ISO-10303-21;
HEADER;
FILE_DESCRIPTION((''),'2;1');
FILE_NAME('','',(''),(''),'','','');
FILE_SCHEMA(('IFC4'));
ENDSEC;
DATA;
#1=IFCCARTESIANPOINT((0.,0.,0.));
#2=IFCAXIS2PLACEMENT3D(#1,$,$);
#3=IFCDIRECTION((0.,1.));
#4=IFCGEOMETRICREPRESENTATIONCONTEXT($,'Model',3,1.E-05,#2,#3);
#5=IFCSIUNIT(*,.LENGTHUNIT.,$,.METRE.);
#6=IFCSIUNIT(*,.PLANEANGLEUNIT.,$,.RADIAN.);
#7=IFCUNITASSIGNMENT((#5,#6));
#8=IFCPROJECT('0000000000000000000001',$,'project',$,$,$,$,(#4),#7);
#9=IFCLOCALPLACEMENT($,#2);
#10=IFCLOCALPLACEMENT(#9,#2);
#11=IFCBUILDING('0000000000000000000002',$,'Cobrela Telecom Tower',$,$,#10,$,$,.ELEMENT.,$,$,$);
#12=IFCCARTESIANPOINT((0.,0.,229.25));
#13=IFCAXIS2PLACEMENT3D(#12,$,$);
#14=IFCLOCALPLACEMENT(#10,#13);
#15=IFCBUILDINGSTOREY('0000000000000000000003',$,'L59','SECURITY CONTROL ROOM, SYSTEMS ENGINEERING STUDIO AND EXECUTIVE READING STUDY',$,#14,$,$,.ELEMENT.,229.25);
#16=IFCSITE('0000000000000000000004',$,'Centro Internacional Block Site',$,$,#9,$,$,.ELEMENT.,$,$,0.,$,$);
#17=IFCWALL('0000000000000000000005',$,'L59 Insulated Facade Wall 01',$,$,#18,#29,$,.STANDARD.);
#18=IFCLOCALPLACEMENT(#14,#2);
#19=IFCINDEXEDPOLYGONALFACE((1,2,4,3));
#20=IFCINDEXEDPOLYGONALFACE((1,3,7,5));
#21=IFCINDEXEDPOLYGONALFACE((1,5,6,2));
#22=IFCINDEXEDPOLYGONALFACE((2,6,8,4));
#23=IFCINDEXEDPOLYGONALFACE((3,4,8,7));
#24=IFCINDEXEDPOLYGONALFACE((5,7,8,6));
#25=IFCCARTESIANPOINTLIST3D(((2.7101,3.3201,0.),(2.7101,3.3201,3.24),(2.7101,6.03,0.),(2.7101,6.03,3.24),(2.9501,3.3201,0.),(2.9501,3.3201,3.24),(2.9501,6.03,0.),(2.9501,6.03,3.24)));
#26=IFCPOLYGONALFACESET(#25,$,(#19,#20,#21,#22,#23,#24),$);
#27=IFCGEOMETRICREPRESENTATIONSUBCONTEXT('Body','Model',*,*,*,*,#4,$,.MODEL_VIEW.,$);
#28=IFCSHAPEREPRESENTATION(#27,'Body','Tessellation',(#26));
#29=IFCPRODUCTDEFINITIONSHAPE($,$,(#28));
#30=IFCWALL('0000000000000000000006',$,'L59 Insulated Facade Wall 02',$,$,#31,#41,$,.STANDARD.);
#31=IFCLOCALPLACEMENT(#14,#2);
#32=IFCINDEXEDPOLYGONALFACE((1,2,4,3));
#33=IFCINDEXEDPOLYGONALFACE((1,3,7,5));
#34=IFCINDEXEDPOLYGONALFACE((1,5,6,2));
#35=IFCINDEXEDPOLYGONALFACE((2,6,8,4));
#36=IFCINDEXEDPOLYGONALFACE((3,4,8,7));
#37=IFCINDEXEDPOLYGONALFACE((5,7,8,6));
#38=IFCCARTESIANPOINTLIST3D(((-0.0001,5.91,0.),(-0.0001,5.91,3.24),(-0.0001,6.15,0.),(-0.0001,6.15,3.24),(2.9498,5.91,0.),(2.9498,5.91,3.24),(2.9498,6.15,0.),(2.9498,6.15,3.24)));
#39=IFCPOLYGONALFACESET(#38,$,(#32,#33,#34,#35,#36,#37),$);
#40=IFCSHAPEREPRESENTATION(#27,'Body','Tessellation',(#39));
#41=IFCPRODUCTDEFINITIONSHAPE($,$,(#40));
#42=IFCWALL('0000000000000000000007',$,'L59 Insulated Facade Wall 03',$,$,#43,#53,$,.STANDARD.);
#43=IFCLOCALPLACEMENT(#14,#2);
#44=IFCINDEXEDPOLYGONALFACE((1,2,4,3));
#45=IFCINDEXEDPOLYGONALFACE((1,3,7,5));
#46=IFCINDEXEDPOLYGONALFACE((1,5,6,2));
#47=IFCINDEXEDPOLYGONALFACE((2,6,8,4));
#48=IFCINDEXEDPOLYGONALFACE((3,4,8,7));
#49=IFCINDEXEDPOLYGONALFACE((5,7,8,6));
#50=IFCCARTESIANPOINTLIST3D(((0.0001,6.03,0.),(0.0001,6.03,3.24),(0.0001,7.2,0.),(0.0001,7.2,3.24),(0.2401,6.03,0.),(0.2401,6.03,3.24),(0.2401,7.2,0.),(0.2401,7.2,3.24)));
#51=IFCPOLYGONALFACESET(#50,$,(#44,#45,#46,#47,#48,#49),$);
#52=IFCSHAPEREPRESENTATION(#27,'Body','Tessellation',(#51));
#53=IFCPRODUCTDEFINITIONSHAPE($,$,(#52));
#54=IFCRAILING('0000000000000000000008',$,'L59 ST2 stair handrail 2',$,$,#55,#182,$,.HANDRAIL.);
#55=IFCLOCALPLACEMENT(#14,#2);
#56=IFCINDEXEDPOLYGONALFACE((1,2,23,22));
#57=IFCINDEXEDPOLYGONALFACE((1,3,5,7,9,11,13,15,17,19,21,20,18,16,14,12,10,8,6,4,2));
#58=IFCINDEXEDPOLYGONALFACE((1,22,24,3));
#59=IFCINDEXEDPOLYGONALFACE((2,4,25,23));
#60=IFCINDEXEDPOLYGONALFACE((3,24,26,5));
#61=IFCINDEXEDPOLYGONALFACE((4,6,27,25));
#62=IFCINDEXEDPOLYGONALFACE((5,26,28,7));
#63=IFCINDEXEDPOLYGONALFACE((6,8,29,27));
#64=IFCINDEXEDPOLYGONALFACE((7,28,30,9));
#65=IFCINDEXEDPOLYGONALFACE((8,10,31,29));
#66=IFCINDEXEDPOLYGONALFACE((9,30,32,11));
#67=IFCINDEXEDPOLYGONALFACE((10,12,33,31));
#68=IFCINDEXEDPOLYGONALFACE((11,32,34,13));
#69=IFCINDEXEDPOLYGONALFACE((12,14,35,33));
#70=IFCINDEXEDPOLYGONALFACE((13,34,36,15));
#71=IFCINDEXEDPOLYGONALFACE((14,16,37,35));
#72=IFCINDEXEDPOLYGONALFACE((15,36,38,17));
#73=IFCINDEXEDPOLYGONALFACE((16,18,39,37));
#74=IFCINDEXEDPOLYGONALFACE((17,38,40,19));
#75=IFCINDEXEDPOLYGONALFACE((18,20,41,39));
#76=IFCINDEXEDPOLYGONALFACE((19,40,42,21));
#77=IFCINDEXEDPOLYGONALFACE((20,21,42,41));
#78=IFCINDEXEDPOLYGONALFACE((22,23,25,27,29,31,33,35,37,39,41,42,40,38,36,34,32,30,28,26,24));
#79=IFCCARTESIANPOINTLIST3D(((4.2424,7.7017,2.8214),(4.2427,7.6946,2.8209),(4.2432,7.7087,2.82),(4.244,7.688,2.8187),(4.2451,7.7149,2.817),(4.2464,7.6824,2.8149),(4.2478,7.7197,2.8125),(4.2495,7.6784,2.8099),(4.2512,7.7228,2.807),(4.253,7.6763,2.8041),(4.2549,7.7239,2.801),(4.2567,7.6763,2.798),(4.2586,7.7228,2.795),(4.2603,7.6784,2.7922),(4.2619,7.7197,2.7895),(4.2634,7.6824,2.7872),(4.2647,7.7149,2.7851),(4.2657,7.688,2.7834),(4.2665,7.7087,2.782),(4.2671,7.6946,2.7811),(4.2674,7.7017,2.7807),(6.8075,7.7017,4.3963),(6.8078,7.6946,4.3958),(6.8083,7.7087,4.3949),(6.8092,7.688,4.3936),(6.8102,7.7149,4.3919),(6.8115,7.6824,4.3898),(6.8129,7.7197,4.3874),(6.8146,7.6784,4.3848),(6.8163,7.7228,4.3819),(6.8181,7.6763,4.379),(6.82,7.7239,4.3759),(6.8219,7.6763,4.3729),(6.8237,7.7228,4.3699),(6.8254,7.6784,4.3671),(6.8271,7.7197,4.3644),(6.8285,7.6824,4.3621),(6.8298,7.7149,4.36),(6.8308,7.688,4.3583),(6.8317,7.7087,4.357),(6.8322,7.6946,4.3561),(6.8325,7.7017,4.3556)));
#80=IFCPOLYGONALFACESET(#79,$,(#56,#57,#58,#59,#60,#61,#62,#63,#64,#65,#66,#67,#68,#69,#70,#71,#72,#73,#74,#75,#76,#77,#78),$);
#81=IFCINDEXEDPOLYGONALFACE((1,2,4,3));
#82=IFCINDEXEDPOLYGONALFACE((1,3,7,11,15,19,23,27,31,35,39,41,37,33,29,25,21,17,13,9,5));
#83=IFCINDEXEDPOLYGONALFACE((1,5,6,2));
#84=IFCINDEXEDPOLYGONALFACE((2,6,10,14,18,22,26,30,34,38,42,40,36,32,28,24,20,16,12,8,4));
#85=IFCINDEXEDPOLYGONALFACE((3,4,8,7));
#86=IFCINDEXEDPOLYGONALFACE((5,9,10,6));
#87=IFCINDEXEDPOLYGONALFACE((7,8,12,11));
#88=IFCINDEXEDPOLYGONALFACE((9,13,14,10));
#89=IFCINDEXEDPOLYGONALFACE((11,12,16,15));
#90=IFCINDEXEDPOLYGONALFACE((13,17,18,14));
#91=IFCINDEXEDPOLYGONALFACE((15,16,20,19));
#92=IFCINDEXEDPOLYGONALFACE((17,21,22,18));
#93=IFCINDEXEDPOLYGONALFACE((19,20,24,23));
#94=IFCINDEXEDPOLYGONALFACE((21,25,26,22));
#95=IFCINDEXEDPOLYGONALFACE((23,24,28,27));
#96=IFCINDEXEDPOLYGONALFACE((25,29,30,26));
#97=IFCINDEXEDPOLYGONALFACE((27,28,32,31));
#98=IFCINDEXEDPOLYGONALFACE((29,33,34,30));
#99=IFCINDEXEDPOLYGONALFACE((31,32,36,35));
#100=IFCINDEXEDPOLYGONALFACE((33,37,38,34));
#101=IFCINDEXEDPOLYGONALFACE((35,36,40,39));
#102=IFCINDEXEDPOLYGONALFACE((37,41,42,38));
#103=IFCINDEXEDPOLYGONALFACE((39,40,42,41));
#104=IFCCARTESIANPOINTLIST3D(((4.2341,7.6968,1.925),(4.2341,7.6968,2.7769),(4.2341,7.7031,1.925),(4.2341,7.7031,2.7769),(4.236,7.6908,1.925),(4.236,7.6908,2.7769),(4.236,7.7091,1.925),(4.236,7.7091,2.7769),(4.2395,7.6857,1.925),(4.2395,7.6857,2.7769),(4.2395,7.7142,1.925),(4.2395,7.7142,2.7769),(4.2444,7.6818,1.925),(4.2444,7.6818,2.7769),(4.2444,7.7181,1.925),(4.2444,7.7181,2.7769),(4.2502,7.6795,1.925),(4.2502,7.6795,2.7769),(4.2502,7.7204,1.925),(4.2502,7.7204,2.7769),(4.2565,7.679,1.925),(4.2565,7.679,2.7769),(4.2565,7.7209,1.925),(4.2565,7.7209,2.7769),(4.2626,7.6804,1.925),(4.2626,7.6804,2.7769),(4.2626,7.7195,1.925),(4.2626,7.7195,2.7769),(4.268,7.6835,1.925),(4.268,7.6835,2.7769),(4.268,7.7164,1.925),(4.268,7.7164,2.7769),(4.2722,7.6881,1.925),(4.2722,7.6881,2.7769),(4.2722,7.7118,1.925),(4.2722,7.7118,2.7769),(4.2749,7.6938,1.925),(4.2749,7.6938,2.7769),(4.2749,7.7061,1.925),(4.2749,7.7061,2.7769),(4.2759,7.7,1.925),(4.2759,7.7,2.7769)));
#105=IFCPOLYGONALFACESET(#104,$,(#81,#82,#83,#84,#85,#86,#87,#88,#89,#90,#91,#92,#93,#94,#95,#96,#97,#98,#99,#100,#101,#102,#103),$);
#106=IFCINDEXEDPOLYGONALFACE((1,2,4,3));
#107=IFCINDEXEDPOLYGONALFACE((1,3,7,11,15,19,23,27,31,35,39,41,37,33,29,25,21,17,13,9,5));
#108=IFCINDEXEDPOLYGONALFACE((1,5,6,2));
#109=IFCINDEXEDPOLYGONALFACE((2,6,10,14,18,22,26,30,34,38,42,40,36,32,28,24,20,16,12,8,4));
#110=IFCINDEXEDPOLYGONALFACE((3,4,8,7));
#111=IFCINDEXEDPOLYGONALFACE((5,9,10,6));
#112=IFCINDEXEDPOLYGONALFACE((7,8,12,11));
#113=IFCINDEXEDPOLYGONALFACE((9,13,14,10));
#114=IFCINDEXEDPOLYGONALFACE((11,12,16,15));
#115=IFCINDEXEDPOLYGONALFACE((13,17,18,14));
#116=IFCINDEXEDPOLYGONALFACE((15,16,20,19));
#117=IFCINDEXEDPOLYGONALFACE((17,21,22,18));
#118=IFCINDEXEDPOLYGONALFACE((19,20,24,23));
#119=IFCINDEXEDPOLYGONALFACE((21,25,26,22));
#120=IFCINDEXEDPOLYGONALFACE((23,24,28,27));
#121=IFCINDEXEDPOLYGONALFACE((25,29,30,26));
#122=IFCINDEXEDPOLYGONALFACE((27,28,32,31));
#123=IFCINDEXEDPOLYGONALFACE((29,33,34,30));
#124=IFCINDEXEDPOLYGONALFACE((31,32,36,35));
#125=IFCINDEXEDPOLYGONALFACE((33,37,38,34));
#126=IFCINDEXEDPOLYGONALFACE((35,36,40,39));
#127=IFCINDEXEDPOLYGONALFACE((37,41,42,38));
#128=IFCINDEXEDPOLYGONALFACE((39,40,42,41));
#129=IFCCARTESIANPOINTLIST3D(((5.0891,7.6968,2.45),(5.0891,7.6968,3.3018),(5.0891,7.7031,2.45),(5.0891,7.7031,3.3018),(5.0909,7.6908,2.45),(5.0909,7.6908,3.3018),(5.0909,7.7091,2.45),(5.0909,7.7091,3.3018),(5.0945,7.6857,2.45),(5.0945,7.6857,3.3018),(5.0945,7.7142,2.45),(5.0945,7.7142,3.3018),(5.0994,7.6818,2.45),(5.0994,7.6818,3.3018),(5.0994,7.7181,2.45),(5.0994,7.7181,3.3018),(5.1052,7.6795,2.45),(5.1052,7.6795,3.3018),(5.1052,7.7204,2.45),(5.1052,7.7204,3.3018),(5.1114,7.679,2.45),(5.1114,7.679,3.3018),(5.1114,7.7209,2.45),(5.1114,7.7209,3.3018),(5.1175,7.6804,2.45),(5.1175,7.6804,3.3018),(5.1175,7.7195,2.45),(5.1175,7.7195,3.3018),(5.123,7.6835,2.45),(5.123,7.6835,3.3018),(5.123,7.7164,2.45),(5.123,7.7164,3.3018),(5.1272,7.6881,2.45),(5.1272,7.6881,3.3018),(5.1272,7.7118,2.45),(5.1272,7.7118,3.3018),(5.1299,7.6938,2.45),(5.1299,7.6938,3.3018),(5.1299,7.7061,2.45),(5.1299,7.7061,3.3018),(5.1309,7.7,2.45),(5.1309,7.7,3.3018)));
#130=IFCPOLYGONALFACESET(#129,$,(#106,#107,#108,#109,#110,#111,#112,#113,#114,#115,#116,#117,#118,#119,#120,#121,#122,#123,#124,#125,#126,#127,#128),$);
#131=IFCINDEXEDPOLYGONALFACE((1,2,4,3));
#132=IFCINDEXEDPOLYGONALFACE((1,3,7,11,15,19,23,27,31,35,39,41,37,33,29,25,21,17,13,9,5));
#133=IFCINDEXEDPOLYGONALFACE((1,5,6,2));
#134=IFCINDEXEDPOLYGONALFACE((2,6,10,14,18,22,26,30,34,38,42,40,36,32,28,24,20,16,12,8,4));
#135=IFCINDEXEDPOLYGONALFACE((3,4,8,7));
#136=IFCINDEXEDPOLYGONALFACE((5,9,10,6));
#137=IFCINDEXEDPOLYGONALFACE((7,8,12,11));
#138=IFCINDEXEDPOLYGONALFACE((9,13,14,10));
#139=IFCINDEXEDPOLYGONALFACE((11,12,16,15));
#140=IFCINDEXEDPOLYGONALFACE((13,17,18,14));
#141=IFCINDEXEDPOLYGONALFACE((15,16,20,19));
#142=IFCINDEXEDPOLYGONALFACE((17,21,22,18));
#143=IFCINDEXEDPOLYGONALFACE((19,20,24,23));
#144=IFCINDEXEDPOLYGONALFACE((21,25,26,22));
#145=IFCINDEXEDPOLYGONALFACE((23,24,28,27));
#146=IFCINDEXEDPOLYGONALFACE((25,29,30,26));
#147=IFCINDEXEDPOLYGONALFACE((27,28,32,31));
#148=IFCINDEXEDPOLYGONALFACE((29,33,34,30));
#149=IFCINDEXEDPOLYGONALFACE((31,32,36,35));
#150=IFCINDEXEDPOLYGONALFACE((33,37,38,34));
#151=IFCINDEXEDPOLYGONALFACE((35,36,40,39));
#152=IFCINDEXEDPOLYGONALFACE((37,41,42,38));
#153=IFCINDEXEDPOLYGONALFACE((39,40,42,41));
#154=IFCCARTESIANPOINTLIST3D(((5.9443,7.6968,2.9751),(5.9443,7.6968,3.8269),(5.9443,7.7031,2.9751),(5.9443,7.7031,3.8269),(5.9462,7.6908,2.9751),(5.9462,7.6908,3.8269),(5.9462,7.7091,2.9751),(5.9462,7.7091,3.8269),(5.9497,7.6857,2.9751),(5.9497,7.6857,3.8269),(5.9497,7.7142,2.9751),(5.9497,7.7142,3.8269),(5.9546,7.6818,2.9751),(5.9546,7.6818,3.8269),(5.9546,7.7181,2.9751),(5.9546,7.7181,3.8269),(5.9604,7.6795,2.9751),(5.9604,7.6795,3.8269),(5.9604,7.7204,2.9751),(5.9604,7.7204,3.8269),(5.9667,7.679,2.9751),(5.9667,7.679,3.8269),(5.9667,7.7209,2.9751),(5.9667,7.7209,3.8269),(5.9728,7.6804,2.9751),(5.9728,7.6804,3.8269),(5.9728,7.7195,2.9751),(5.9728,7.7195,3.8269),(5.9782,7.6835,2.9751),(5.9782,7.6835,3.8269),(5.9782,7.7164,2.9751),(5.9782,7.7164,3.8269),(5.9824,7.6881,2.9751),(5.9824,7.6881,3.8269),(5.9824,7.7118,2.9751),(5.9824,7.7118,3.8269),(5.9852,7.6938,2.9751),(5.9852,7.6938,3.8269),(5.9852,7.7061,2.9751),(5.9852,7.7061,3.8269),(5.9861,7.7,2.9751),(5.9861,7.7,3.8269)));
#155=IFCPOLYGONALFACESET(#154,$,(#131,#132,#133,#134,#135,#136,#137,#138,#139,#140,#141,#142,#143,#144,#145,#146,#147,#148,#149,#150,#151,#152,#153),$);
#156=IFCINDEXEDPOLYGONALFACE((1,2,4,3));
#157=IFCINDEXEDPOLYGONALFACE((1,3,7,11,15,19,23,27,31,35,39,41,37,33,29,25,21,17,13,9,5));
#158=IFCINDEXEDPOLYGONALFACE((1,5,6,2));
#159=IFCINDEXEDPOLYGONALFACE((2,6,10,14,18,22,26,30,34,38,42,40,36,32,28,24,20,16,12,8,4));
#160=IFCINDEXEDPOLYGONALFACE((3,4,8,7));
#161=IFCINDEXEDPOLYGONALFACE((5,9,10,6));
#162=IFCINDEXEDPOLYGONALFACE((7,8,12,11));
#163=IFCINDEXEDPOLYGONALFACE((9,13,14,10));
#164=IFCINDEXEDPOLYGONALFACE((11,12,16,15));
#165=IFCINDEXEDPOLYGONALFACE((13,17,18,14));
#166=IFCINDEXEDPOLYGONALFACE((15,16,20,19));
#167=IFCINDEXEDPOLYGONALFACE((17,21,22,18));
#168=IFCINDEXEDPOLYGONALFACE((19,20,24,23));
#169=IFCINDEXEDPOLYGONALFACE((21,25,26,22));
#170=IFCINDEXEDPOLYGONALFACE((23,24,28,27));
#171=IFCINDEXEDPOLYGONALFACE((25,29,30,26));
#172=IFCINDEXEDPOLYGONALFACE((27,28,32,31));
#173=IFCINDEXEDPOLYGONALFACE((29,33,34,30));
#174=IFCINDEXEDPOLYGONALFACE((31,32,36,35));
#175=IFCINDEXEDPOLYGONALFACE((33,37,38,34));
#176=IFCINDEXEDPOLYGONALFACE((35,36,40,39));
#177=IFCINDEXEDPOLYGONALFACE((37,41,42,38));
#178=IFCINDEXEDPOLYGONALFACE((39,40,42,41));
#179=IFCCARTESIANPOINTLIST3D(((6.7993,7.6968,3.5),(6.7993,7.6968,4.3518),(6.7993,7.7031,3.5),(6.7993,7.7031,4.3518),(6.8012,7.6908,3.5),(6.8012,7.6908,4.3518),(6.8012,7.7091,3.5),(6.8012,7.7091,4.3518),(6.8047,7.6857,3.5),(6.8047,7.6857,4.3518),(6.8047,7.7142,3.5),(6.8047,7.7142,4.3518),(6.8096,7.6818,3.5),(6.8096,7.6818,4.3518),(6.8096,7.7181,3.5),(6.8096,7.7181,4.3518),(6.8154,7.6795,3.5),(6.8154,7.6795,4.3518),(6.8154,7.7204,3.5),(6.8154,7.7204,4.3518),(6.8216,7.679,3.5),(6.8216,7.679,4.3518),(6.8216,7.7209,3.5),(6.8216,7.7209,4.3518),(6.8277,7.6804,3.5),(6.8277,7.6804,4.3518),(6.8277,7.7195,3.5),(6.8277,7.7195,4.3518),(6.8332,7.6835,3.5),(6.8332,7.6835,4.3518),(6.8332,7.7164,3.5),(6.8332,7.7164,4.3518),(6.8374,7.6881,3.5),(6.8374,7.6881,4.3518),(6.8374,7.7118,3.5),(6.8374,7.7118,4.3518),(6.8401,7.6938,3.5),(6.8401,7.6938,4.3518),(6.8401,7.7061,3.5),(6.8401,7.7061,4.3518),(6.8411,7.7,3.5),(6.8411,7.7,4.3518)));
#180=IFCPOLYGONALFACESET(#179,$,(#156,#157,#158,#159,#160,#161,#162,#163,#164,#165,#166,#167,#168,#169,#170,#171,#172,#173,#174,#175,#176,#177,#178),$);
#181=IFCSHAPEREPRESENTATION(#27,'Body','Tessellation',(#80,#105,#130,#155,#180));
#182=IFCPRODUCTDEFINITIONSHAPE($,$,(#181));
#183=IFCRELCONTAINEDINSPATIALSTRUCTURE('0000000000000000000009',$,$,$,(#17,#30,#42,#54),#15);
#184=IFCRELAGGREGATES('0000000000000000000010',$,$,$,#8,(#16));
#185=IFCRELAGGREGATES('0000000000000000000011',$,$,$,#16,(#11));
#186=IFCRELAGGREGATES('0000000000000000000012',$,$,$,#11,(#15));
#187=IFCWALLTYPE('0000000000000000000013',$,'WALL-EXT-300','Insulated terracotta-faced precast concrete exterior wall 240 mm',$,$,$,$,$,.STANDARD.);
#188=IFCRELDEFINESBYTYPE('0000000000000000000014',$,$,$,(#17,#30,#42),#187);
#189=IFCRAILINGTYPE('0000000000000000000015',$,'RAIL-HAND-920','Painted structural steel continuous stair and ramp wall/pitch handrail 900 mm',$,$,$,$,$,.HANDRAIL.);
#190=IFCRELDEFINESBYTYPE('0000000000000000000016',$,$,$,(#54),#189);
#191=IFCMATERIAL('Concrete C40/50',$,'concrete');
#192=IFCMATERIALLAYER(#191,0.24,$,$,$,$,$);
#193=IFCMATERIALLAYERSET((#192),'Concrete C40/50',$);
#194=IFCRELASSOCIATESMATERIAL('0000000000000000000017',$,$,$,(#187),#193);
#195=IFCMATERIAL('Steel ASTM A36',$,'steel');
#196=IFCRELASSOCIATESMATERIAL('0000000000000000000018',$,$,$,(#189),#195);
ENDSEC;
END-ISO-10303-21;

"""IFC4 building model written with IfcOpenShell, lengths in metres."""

from ifc_helpers import new_model, si_unit, direction, frame, frame_2d, origin, origin_2d, place, context, subcontext, project, spatial, rectangle, circle, extrude, material, layer, layer_set, type_object, element, save


model = new_model("IFC4")

# Units and contexts
model_context = context("Model", 3, precision=1e-05, world=origin(), true_north=direction((0.0, 1.0)))
body_context = subcontext(model_context, "Body", "Model", "MODEL_VIEW")
ifc_project = project(units=[si_unit("LENGTHUNIT", "METRE"), si_unit("PLANEANGLEUNIT", "RADIAN")], contexts=[model_context])

# Site, building, storey
site_placement = place(None, origin())
site = spatial("IfcSite", under=ifc_project, at=site_placement, Name="Centro Internacional Block Site", CompositionType="ELEMENT", RefElevation=0.0)
building_placement = place(site_placement, origin())
building = spatial("IfcBuilding", under=site, at=building_placement, Name="Cobrela Telecom Tower", CompositionType="ELEMENT")
storey_placement = place(building_placement, frame((0.0, 0.0, 229.25)))
storey = spatial("IfcBuildingStorey", under=building, at=storey_placement, Name="L59", Description="SECURITY CONTROL ROOM, SYSTEMS ENGINEERING STUDIO AND EXECUTIVE READING STUDY", CompositionType="ELEMENT", Elevation=229.25)

# Shared definitions
ifc_material_1 = material(Name="Concrete C40/50", Category="concrete")

# Walls
ifc_layer_1 = layer(ifc_material_1, 0.24)
ifc_layer_set_1 = layer_set([ifc_layer_1], Name="Concrete C40/50")
wall_type_1 = type_object("IfcWallType", Name="WALL-EXT-300", Description="Insulated terracotta-faced precast concrete exterior wall 240 mm", PredefinedType="STANDARD", material=ifc_layer_set_1)
wall_1_placement = place(storey_placement, frame((2.8301, 3.3201, 0.0), z_axis=(0.0, 0.0, 1.0), x_axis=(0.0, 1.0, 0.0)))
element("IfcWall", 1, at=wall_1_placement, inside=storey, type_object=wall_type_1, Name="L59 Insulated Facade Wall 01", PredefinedType="STANDARD", context=body_context, shape_type="SweptSolid", body=[
    extrude(rectangle(XDim=2.71, YDim=0.24, at=frame_2d((1.355, 0.0))), origin(), (0.0, 0.0, 1.0), 3.24),
])
wall_2_placement = place(storey_placement, frame((2.95, 6.03, 0.0), z_axis=(0.0, 0.0, 1.0), x_axis=(-1.0, 0.0, 0.0)))
element("IfcWall", 2, at=wall_2_placement, inside=storey, type_object=wall_type_1, Name="L59 Insulated Facade Wall 02", PredefinedType="STANDARD", context=body_context, shape_type="SweptSolid", body=[
    extrude(rectangle(XDim=2.95, YDim=0.24, at=frame_2d((1.4751, 0.0))), origin(), (0.0, 0.0, 1.0), 3.24),
])
wall_3_placement = place(storey_placement, frame((0.1201, 6.03, 0.0), z_axis=(0.0, 0.0, 1.0), x_axis=(0.0, 1.0, 0.0)))
element("IfcWall", 3, at=wall_3_placement, inside=storey, type_object=wall_type_1, Name="L59 Insulated Facade Wall 03", PredefinedType="STANDARD", context=body_context, shape_type="SweptSolid", body=[
    extrude(rectangle(XDim=1.1699, YDim=0.24, at=frame_2d((0.585, 0.0))), origin(), (0.0, 0.0, 1.0), 3.24),
])

# Railing
ifc_material_2 = material(Name="Steel ASTM A36", Category="steel")
railing_type = type_object("IfcRailingType", Name="RAIL-HAND-920", Description="Painted structural steel continuous stair and ramp wall/pitch handrail 900 mm", PredefinedType="HANDRAIL", material=ifc_material_2)
railing_placement = place(storey_placement, frame((4.2549, 7.7, 1.925)))
element("IfcRailing", 4, at=railing_placement, inside=storey, type_object=railing_type, Name="L59 ST2 stair handrail 2", PredefinedType="HANDRAIL", context=body_context, shape_type="SweptSolid", body=[
    extrude(circle(Radius=0.0239, at=origin_2d()), frame((0.0, 0.0, 0.876), z_axis=(0.852195, 0.0, 0.523224), x_axis=(0.0, 1.0, 0.0)), (0.0, 0.0, 1.0), 3.01),
    extrude(circle(Radius=0.021, at=origin_2d()), origin(), (0.0, 0.0, 1.0), 0.8518),
    extrude(circle(Radius=0.021, at=origin_2d()), frame((0.855, 0.0, 0.5249)), (0.0, 0.0, 1.0), 0.8518),
    extrude(circle(Radius=0.021, at=origin_2d()), frame((1.7102, 0.0, 1.05)), (0.0, 0.0, 1.0), 0.8518),
    extrude(circle(Radius=0.021, at=origin_2d()), frame((2.5652, 0.0, 1.575)), (0.0, 0.0, 1.0), 0.8518),
])

save(model, "model.ifc")
